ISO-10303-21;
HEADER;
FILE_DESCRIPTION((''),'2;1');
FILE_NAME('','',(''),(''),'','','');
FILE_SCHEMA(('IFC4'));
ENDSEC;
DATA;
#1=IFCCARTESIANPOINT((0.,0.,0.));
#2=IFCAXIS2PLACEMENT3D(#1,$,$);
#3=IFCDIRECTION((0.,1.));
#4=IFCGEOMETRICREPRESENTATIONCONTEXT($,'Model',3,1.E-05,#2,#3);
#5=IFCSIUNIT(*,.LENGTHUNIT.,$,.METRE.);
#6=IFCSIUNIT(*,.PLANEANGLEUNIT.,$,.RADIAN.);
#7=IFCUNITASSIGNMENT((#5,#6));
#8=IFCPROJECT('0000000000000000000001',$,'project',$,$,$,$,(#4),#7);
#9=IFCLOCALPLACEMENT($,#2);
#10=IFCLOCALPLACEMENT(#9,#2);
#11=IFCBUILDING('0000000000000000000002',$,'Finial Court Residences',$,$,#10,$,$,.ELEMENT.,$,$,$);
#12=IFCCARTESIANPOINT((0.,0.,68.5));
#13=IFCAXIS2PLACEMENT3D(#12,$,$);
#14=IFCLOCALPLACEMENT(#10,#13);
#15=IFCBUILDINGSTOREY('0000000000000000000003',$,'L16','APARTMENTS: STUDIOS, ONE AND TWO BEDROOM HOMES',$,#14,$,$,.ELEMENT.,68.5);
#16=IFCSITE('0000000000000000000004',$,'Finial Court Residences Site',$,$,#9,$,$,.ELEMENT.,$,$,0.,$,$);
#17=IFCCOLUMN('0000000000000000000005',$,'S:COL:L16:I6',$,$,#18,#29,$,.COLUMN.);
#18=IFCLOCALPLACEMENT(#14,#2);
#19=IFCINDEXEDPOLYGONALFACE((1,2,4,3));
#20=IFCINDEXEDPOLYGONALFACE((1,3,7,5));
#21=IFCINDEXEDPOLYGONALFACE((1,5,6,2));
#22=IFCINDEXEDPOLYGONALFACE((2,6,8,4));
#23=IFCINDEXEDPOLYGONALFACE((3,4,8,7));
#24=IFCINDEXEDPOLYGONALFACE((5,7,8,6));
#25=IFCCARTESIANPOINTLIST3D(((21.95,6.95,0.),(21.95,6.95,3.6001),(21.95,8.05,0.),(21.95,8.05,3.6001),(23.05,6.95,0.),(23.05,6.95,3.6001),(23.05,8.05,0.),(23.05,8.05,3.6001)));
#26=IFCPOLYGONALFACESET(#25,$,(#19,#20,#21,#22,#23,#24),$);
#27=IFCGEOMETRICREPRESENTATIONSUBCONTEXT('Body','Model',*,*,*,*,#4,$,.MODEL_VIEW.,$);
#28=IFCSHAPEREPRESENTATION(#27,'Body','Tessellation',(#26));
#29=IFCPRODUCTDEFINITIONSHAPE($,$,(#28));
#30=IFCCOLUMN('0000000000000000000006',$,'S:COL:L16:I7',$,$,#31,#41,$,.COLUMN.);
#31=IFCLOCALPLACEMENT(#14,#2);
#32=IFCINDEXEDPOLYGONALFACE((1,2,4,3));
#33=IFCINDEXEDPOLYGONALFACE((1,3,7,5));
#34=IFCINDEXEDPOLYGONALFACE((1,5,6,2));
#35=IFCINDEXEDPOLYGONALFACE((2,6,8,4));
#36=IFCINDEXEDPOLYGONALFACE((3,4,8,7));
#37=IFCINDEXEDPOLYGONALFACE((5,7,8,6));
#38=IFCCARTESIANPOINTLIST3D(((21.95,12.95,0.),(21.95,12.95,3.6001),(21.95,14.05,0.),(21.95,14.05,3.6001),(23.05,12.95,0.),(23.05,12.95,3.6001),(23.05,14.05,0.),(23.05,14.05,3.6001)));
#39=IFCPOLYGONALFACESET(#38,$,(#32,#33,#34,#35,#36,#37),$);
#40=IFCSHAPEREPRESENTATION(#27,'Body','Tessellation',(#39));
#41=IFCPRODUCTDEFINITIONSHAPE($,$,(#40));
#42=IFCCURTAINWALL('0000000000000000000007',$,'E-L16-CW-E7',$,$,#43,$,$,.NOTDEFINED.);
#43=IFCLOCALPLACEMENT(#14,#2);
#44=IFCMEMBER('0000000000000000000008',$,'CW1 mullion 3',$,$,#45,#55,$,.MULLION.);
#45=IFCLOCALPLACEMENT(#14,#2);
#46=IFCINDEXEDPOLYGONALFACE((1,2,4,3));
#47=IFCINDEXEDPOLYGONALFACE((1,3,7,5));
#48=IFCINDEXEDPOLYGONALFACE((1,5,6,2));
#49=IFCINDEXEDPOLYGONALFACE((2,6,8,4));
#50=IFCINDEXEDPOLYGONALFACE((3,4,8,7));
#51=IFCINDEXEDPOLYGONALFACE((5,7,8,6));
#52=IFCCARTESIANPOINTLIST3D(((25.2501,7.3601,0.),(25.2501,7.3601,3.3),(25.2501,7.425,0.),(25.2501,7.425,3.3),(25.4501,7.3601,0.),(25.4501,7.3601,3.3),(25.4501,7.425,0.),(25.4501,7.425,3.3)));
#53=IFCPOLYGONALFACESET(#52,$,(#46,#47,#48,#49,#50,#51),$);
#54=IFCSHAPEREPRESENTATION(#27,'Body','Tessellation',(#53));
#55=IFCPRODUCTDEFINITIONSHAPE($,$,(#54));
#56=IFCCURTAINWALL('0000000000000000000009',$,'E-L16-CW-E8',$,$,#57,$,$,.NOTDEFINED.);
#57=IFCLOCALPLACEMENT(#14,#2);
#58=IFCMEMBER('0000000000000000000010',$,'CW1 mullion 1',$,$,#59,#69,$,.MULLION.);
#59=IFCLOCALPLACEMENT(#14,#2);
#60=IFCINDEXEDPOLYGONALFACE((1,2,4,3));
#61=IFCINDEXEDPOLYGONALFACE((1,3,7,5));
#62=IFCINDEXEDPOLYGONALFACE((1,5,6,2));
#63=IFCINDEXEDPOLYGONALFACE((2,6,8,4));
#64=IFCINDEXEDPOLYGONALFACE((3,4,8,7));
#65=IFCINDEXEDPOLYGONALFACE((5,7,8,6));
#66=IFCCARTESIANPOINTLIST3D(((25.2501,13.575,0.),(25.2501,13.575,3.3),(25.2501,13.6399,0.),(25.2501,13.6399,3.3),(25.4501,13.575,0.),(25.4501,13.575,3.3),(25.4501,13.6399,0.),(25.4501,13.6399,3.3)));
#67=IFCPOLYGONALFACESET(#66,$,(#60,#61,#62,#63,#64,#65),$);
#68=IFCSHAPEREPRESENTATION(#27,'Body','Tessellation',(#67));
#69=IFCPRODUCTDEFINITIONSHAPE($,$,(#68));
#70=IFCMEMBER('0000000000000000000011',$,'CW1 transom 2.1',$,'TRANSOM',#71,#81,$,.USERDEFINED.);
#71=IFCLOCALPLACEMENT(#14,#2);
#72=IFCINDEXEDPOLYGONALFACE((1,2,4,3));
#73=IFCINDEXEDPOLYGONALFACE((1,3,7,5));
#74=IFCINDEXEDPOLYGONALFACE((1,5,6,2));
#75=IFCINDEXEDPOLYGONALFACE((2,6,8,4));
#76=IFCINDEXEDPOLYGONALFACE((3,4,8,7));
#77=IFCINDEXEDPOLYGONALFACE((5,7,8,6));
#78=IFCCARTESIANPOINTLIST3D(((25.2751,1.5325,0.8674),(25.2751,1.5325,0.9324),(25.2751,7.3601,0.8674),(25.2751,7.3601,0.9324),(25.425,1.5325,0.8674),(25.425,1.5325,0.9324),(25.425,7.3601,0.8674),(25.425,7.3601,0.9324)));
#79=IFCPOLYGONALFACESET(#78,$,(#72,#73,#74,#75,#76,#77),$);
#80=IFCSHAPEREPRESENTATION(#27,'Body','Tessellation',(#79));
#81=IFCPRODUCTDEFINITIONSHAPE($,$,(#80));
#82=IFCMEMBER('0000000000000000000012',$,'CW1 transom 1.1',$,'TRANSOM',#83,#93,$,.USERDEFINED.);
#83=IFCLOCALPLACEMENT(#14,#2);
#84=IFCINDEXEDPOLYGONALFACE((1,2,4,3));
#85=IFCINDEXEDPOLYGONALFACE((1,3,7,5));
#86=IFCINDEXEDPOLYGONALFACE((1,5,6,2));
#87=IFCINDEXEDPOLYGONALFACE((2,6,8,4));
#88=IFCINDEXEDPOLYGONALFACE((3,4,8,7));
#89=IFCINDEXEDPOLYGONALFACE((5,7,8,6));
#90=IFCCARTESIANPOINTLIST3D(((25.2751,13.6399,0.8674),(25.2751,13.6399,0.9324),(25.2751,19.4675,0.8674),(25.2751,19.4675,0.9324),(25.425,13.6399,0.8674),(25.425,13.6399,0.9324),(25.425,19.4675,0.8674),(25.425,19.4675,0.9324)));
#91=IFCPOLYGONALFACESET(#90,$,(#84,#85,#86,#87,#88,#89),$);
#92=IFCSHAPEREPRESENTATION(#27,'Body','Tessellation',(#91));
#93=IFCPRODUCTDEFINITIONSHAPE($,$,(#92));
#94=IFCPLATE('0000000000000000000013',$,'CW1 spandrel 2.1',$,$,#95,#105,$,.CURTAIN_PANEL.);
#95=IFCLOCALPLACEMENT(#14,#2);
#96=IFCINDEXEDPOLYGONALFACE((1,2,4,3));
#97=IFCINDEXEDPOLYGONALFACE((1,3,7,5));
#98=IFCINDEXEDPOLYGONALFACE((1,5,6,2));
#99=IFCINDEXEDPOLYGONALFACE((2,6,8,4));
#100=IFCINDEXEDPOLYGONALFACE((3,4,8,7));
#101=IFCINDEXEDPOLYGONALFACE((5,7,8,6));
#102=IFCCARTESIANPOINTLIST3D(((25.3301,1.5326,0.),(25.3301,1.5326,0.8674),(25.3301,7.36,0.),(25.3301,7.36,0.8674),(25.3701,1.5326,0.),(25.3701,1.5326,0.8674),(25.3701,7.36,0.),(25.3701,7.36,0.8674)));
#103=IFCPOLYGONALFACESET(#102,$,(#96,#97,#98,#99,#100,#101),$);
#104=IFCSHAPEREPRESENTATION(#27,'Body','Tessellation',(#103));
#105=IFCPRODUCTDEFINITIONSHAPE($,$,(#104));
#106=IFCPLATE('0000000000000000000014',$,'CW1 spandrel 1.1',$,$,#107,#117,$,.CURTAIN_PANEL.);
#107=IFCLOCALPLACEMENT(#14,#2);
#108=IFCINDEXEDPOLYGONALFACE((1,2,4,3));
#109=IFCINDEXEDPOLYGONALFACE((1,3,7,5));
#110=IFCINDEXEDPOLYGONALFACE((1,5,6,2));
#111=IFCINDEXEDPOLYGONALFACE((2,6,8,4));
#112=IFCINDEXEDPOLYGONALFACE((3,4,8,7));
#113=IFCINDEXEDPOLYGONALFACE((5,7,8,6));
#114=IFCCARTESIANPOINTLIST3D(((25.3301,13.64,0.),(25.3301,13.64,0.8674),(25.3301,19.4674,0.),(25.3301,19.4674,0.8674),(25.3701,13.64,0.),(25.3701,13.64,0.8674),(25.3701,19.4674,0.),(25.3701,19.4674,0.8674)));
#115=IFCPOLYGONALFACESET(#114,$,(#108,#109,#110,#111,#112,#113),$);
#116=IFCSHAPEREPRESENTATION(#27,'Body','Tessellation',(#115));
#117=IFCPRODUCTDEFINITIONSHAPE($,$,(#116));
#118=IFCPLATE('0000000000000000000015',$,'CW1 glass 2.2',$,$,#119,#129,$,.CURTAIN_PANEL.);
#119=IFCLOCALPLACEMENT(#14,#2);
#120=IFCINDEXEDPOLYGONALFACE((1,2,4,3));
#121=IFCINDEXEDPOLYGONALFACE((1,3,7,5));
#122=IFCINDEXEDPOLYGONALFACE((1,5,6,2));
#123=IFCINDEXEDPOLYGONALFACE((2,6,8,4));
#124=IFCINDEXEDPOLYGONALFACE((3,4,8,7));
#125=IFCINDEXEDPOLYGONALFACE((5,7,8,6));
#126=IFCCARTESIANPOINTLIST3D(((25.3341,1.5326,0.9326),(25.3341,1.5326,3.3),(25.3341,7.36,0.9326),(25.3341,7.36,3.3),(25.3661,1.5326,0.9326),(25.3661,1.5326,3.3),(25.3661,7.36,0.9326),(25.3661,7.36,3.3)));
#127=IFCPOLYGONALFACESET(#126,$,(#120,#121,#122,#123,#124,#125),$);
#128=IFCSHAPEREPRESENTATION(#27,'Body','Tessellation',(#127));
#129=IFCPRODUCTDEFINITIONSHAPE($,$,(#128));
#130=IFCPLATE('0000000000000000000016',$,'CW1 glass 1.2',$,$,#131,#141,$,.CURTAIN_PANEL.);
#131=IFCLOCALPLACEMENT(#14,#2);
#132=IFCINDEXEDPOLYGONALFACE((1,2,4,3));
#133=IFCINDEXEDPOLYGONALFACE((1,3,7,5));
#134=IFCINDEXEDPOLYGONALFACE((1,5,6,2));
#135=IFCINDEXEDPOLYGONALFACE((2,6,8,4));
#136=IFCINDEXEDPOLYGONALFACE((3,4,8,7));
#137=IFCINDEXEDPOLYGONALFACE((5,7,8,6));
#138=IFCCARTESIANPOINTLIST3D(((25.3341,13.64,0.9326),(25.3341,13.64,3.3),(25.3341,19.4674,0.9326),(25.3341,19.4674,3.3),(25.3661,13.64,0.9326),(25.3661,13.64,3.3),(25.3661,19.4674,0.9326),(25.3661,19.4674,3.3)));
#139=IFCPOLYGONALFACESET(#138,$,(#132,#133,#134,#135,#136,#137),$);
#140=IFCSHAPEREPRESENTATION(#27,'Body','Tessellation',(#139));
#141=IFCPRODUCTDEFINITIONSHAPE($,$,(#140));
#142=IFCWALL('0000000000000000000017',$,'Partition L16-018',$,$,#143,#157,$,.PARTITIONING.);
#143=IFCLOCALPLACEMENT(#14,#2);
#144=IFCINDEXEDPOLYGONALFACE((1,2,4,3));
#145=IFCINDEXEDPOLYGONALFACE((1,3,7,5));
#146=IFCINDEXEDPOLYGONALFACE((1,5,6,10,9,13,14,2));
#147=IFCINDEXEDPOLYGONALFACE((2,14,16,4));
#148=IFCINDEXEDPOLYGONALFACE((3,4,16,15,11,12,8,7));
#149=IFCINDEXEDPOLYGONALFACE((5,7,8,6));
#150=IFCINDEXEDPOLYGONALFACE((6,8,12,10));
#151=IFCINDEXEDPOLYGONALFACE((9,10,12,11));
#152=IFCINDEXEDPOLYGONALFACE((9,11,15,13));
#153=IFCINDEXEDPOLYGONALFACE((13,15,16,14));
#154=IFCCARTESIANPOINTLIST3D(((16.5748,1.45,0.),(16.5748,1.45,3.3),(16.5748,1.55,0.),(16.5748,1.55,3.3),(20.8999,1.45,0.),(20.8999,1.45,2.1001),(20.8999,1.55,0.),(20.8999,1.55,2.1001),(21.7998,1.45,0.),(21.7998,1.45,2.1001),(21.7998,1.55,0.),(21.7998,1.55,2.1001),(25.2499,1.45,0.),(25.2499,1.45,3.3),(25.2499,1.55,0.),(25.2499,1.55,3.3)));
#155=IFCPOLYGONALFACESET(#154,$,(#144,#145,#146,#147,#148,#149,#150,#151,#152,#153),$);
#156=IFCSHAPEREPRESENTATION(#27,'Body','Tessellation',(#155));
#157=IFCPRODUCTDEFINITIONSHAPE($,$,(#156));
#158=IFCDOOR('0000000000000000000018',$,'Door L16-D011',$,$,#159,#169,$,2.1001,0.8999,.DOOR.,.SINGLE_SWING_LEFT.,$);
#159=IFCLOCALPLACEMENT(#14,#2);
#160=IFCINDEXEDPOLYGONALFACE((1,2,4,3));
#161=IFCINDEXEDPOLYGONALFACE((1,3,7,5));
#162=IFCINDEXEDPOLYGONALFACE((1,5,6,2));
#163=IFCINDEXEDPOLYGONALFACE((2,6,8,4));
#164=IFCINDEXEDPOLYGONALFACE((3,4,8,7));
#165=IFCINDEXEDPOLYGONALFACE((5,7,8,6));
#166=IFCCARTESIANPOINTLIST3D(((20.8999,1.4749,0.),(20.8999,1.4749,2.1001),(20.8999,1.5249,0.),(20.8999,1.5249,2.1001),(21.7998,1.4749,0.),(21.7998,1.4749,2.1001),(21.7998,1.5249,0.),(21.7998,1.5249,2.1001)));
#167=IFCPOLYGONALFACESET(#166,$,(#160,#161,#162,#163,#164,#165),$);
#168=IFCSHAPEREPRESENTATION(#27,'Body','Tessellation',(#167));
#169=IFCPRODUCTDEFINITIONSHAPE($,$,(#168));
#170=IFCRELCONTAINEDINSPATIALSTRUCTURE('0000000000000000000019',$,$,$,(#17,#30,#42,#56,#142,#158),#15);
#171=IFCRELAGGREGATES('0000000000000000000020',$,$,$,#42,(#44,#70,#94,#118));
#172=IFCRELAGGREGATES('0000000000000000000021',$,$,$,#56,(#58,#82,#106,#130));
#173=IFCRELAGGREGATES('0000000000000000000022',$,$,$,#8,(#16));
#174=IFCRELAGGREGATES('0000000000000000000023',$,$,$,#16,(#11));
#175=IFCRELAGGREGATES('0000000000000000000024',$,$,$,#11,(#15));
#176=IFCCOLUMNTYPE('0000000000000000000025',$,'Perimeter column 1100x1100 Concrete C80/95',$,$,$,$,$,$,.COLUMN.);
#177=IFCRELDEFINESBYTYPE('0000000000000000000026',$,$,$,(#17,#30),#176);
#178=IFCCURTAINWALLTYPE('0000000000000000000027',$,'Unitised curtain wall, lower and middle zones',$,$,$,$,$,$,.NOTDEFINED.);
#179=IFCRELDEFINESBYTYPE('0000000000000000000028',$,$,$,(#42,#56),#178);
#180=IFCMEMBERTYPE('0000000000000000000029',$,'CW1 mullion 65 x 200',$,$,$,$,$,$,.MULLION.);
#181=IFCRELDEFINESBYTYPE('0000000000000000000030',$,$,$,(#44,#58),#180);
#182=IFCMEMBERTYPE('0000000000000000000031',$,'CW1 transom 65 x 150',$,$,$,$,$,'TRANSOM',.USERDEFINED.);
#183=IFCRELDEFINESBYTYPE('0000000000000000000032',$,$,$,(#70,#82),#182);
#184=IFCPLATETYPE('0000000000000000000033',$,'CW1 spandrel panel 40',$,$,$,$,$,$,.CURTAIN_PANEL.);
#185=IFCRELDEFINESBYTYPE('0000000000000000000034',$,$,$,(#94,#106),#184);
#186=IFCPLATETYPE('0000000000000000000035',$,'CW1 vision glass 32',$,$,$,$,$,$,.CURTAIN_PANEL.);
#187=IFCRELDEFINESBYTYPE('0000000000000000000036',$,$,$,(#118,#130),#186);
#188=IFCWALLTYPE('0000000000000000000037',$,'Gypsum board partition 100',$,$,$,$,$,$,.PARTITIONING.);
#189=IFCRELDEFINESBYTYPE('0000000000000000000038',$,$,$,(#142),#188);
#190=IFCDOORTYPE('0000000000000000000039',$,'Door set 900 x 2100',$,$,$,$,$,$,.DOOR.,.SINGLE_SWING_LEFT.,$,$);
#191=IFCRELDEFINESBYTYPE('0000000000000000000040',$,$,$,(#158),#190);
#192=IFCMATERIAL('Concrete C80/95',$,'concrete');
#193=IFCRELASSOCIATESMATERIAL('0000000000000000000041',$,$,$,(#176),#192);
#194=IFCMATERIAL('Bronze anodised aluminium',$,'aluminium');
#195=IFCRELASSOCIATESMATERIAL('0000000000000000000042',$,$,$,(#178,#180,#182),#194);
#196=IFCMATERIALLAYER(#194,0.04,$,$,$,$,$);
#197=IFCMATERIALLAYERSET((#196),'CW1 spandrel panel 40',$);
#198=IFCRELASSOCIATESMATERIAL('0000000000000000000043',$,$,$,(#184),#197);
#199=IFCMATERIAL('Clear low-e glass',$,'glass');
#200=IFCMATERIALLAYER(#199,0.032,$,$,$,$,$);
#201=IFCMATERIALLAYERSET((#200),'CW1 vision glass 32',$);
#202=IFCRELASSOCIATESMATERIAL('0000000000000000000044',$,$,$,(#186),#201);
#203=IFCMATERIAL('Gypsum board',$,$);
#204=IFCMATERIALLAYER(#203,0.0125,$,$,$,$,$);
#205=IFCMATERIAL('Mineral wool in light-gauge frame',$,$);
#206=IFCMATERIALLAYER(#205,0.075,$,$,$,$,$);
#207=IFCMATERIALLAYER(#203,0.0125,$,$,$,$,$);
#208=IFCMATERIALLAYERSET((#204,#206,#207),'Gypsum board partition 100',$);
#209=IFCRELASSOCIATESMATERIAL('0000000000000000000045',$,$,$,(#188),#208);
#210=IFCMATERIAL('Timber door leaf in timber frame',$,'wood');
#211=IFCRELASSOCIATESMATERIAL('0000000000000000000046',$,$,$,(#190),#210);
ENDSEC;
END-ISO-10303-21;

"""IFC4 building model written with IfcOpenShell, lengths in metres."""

from ifc_helpers import new_model, si_unit, direction, frame, frame_2d, origin, origin_2d, place, context, subcontext, project, spatial, rectangle, extrude, material, layer, layer_set, material_profile, profile_set, type_object, element, fill, aggregate, save


model = new_model("IFC4")

# Units and contexts
model_context = context("Model", 3, precision=1e-05, world=origin(), true_north=direction((0.0, 1.0)))
body_context = subcontext(model_context, "Body", "Model", "MODEL_VIEW")
ifc_project = project(units=[si_unit("LENGTHUNIT", "METRE"), si_unit("PLANEANGLEUNIT", "RADIAN")], contexts=[model_context])

# Site, building, storey
site_placement = place(None, origin())
site = spatial("IfcSite", under=ifc_project, at=site_placement, Name="Finial Court Residences Site", CompositionType="ELEMENT", RefElevation=0.0)
building_placement = place(site_placement, origin())
building = spatial("IfcBuilding", under=site, at=building_placement, Name="Finial Court Residences", CompositionType="ELEMENT")
storey_placement = place(building_placement, frame((0.0, 0.0, 68.5)))
storey = spatial("IfcBuildingStorey", under=building, at=storey_placement, Name="L16", Description="APARTMENTS: STUDIOS, ONE AND TWO BEDROOM HOMES", CompositionType="ELEMENT", Elevation=68.5)

# Columns
ifc_material_1 = material(Name="Concrete C80/95", Category="concrete")
ifc_material_profile_1 = material_profile(ifc_material_1, rectangle(XDim=1.1001, YDim=1.1001, at=origin_2d()), Name="1100x1100")
ifc_profile_set_1 = profile_set([ifc_material_profile_1], Name="Concrete C80/95")
column_type = type_object("IfcColumnType", Name="Perimeter column 1100x1100 Concrete C80/95", PredefinedType="COLUMN", material=ifc_profile_set_1)
for number, where, z_axis, x_axis, name in (
    (1, (22.5, 7.5, 0.0), (0.0, 0.0, 1.0), (1.0, 0.0, 0.0), "S:COL:L16:I6"),
    (2, (22.5, 13.5, 0.0), (0.0, 0.0, 1.0), (1.0, 0.0, 0.0), "S:COL:L16:I7"),
):
    element("IfcColumn", number, at=place(storey_placement, frame(where, z_axis=z_axis, x_axis=x_axis)), inside=storey, type_object=column_type, Name=name, PredefinedType="COLUMN", context=body_context, shape_type="SweptSolid", body=[
        extrude(rectangle(XDim=1.1001, YDim=1.1001, at=origin_2d()), origin(), (0.0, 0.0, 1.0), 3.6001),
    ])

# Curtain walls, members
ifc_material_2 = material(Name="Bronze anodised aluminium", Category="aluminium")
curtain_wall_type = type_object("IfcCurtainWallType", Name="Unitised curtain wall, lower and middle zones", PredefinedType="NOTDEFINED", material=ifc_material_2)
curtain_wall_1_placement = place(storey_placement, origin())
curtain_wall_1 = element("IfcCurtainWall", 3, at=curtain_wall_1_placement, inside=storey, type_object=curtain_wall_type, Name="E-L16-CW-E7", PredefinedType="NOTDEFINED")
ifc_material_profile_2 = material_profile(ifc_material_2, rectangle(XDim=0.2, YDim=0.0649, at=origin_2d()), Name="CW1 mullion 65 x 200")
ifc_profile_set_2 = profile_set([ifc_material_profile_2], Name="Bronze anodised aluminium")
member_type_1 = type_object("IfcMemberType", Name="CW1 mullion 65 x 200", PredefinedType="MULLION", material=ifc_profile_set_2)
member_1_placement = place(storey_placement, frame((25.3501, 7.3926, 0.0), z_axis=(0.0, 0.0, 1.0), x_axis=(-1.0, 0.0, 0.0)))
member_1 = element("IfcMember", 4, at=member_1_placement, type_object=member_type_1, Name="CW1 mullion 3", PredefinedType="MULLION", context=body_context, shape_type="SweptSolid", body=[
    extrude(rectangle(XDim=0.2, YDim=0.0649, at=origin_2d()), origin(), (0.0, 0.0, 1.0), 3.3),
])
curtain_wall_2_placement = place(storey_placement, origin())
curtain_wall_2 = element("IfcCurtainWall", 5, at=curtain_wall_2_placement, inside=storey, type_object=curtain_wall_type, Name="E-L16-CW-E8", PredefinedType="NOTDEFINED")
member_2_placement = place(storey_placement, frame((25.3501, 13.6074, 0.0), z_axis=(0.0, 0.0, 1.0), x_axis=(-1.0, 0.0, 0.0)))
member_2 = element("IfcMember", 6, at=member_2_placement, type_object=member_type_1, Name="CW1 mullion 1", PredefinedType="MULLION", context=body_context, shape_type="SweptSolid", body=[
    extrude(rectangle(XDim=0.2, YDim=0.0649, at=origin_2d()), origin(), (0.0, 0.0, 1.0), 3.3),
])

# Members
ifc_material_profile_3 = material_profile(ifc_material_2, rectangle(XDim=0.1499, YDim=0.0649, at=origin_2d()), Name="CW1 transom 65 x 150")
ifc_profile_set_3 = profile_set([ifc_material_profile_3], Name="Bronze anodised aluminium")
member_type_2 = type_object("IfcMemberType", Name="CW1 transom 65 x 150", ElementType="TRANSOM", PredefinedType="USERDEFINED", material=ifc_profile_set_3)
member_3_placement = place(storey_placement, frame((25.3501, 1.5325, 0.8999), z_axis=(0.0, 1.0, 0.0), x_axis=(-1.0, 0.0, 0.0)))
member_3 = element("IfcMember", 7, at=member_3_placement, type_object=member_type_2, Name="CW1 transom 2.1", ObjectType="TRANSOM", PredefinedType="USERDEFINED", context=body_context, shape_type="SweptSolid", body=[
    extrude(rectangle(XDim=0.1499, YDim=0.0649, at=origin_2d()), origin(), (0.0, 0.0, 1.0), 5.8276),
])
member_4_placement = place(storey_placement, frame((25.3501, 13.6399, 0.8999), z_axis=(0.0, 1.0, 0.0), x_axis=(-1.0, 0.0, 0.0)))
member_4 = element("IfcMember", 8, at=member_4_placement, type_object=member_type_2, Name="CW1 transom 1.1", ObjectType="TRANSOM", PredefinedType="USERDEFINED", context=body_context, shape_type="SweptSolid", body=[
    extrude(rectangle(XDim=0.1499, YDim=0.0649, at=origin_2d()), origin(), (0.0, 0.0, 1.0), 5.8276),
])

# Plates
ifc_layer_1 = layer(ifc_material_2, 0.04)
ifc_layer_set_1 = layer_set([ifc_layer_1], Name="CW1 spandrel panel 40")
plate_type_1 = type_object("IfcPlateType", Name="CW1 spandrel panel 40", PredefinedType="CURTAIN_PANEL", material=ifc_layer_set_1)
plate_1_placement = place(storey_placement, frame((25.3501, 4.4463, 0.0), z_axis=(0.0, 0.0, 1.0), x_axis=(0.0, 1.0, 0.0)))
plate_1 = element("IfcPlate", 9, at=plate_1_placement, type_object=plate_type_1, Name="CW1 spandrel 2.1", PredefinedType="CURTAIN_PANEL", context=body_context, shape_type="SweptSolid", body=[
    extrude(rectangle(XDim=5.8274, YDim=0.04, at=origin_2d()), origin(), (0.0, 0.0, 1.0), 0.8674),
])
plate_2_placement = place(storey_placement, frame((25.3501, 16.5537, 0.0), z_axis=(0.0, 0.0, 1.0), x_axis=(0.0, 1.0, 0.0)))
plate_2 = element("IfcPlate", 10, at=plate_2_placement, type_object=plate_type_1, Name="CW1 spandrel 1.1", PredefinedType="CURTAIN_PANEL", context=body_context, shape_type="SweptSolid", body=[
    extrude(rectangle(XDim=5.8274, YDim=0.04, at=origin_2d()), origin(), (0.0, 0.0, 1.0), 0.8674),
])
ifc_material_3 = material(Name="Clear low-e glass", Category="glass")
ifc_layer_2 = layer(ifc_material_3, 0.032)
ifc_layer_set_2 = layer_set([ifc_layer_2], Name="CW1 vision glass 32")
plate_type_2 = type_object("IfcPlateType", Name="CW1 vision glass 32", PredefinedType="CURTAIN_PANEL", material=ifc_layer_set_2)
plate_3_placement = place(storey_placement, frame((25.3501, 4.4463, 0.9326), z_axis=(0.0, 0.0, 1.0), x_axis=(0.0, 1.0, 0.0)))
plate_3 = element("IfcPlate", 11, at=plate_3_placement, type_object=plate_type_2, Name="CW1 glass 2.2", PredefinedType="CURTAIN_PANEL", context=body_context, shape_type="SweptSolid", body=[
    extrude(rectangle(XDim=5.8274, YDim=0.032, at=origin_2d()), origin(), (0.0, 0.0, 1.0), 2.3674),
])
aggregate(curtain_wall_1, [member_1, member_3, plate_1, plate_3])
plate_4_placement = place(storey_placement, frame((25.3501, 16.5537, 0.9326), z_axis=(0.0, 0.0, 1.0), x_axis=(0.0, 1.0, 0.0)))
plate_4 = element("IfcPlate", 12, at=plate_4_placement, type_object=plate_type_2, Name="CW1 glass 1.2", PredefinedType="CURTAIN_PANEL", context=body_context, shape_type="SweptSolid", body=[
    extrude(rectangle(XDim=5.8274, YDim=0.032, at=origin_2d()), origin(), (0.0, 0.0, 1.0), 2.3674),
])
aggregate(curtain_wall_2, [member_2, member_4, plate_2, plate_4])

# Wall, opening, door
ifc_material_4 = material(Name="Gypsum board")
ifc_layer_3 = layer(ifc_material_4, 0.0125)
ifc_material_5 = material(Name="Mineral wool in light-gauge frame")
ifc_layer_4 = layer(ifc_material_5, 0.075)
ifc_layer_5 = layer(ifc_material_4, 0.0125)
ifc_layer_set_3 = layer_set([ifc_layer_3, ifc_layer_4, ifc_layer_5], Name="Gypsum board partition 100")
wall_type_1 = type_object("IfcWallType", Name="Gypsum board partition 100", PredefinedType="PARTITIONING", material=ifc_layer_set_3)
wall_1_placement = place(storey_placement, frame((16.575, 1.5, 0.0), z_axis=(0.0, 0.0, 1.0), x_axis=(1.0, 0.0, 0.0)))
wall_1 = element("IfcWall", 13, at=wall_1_placement, inside=storey, type_object=wall_type_1, Name="Partition L16-018", PredefinedType="PARTITIONING", context=body_context, shape_type="SweptSolid", body=[
    extrude(rectangle(XDim=8.675, YDim=0.1001, at=frame_2d((4.3374, 0.0))), origin(), (0.0, 0.0, 1.0), 3.3),
])
opening_1_placement = place(wall_1_placement, frame((4.325, 0.0, 0.0)))
opening_1 = element("IfcOpeningElement", 14, at=opening_1_placement, cuts=wall_1, PredefinedType="OPENING", context=body_context, shape_type="SweptSolid", body=[
    extrude(rectangle(XDim=0.8999, YDim=2.1001, at=frame_2d((0.45, 1.05))), frame((0.0, 0.0601, 0.0), z_axis=(0.0, -1.0, 0.0), x_axis=(1.0, 0.0, 0.0)), (0.0, 0.0, 1.0), 0.1201),
])
ifc_material_6 = material(Name="Timber door leaf in timber frame", Category="wood")
door_type_1 = type_object("IfcDoorType", Name="Door set 900 x 2100", OperationType="SINGLE_SWING_LEFT", PredefinedType="DOOR", material=ifc_material_6)
door_1_placement = place(opening_1_placement, origin())
door_1 = element("IfcDoor", 15, at=door_1_placement, inside=storey, type_object=door_type_1, Name="Door L16-D011", OperationType="SINGLE_SWING_LEFT", OverallHeight=2.1001, OverallWidth=0.8999, PredefinedType="DOOR", context=body_context, shape_type="SweptSolid", body=[
    extrude(rectangle(XDim=0.8999, YDim=2.1001, at=frame_2d((0.45, 1.05))), frame((0.0, 0.0249, 0.0), z_axis=(0.0, -1.0, 0.0), x_axis=(1.0, 0.0, 0.0)), (0.0, 0.0, 1.0), 0.05),
])
fill(opening_1, door_1)

save(model, "model.ifc")
